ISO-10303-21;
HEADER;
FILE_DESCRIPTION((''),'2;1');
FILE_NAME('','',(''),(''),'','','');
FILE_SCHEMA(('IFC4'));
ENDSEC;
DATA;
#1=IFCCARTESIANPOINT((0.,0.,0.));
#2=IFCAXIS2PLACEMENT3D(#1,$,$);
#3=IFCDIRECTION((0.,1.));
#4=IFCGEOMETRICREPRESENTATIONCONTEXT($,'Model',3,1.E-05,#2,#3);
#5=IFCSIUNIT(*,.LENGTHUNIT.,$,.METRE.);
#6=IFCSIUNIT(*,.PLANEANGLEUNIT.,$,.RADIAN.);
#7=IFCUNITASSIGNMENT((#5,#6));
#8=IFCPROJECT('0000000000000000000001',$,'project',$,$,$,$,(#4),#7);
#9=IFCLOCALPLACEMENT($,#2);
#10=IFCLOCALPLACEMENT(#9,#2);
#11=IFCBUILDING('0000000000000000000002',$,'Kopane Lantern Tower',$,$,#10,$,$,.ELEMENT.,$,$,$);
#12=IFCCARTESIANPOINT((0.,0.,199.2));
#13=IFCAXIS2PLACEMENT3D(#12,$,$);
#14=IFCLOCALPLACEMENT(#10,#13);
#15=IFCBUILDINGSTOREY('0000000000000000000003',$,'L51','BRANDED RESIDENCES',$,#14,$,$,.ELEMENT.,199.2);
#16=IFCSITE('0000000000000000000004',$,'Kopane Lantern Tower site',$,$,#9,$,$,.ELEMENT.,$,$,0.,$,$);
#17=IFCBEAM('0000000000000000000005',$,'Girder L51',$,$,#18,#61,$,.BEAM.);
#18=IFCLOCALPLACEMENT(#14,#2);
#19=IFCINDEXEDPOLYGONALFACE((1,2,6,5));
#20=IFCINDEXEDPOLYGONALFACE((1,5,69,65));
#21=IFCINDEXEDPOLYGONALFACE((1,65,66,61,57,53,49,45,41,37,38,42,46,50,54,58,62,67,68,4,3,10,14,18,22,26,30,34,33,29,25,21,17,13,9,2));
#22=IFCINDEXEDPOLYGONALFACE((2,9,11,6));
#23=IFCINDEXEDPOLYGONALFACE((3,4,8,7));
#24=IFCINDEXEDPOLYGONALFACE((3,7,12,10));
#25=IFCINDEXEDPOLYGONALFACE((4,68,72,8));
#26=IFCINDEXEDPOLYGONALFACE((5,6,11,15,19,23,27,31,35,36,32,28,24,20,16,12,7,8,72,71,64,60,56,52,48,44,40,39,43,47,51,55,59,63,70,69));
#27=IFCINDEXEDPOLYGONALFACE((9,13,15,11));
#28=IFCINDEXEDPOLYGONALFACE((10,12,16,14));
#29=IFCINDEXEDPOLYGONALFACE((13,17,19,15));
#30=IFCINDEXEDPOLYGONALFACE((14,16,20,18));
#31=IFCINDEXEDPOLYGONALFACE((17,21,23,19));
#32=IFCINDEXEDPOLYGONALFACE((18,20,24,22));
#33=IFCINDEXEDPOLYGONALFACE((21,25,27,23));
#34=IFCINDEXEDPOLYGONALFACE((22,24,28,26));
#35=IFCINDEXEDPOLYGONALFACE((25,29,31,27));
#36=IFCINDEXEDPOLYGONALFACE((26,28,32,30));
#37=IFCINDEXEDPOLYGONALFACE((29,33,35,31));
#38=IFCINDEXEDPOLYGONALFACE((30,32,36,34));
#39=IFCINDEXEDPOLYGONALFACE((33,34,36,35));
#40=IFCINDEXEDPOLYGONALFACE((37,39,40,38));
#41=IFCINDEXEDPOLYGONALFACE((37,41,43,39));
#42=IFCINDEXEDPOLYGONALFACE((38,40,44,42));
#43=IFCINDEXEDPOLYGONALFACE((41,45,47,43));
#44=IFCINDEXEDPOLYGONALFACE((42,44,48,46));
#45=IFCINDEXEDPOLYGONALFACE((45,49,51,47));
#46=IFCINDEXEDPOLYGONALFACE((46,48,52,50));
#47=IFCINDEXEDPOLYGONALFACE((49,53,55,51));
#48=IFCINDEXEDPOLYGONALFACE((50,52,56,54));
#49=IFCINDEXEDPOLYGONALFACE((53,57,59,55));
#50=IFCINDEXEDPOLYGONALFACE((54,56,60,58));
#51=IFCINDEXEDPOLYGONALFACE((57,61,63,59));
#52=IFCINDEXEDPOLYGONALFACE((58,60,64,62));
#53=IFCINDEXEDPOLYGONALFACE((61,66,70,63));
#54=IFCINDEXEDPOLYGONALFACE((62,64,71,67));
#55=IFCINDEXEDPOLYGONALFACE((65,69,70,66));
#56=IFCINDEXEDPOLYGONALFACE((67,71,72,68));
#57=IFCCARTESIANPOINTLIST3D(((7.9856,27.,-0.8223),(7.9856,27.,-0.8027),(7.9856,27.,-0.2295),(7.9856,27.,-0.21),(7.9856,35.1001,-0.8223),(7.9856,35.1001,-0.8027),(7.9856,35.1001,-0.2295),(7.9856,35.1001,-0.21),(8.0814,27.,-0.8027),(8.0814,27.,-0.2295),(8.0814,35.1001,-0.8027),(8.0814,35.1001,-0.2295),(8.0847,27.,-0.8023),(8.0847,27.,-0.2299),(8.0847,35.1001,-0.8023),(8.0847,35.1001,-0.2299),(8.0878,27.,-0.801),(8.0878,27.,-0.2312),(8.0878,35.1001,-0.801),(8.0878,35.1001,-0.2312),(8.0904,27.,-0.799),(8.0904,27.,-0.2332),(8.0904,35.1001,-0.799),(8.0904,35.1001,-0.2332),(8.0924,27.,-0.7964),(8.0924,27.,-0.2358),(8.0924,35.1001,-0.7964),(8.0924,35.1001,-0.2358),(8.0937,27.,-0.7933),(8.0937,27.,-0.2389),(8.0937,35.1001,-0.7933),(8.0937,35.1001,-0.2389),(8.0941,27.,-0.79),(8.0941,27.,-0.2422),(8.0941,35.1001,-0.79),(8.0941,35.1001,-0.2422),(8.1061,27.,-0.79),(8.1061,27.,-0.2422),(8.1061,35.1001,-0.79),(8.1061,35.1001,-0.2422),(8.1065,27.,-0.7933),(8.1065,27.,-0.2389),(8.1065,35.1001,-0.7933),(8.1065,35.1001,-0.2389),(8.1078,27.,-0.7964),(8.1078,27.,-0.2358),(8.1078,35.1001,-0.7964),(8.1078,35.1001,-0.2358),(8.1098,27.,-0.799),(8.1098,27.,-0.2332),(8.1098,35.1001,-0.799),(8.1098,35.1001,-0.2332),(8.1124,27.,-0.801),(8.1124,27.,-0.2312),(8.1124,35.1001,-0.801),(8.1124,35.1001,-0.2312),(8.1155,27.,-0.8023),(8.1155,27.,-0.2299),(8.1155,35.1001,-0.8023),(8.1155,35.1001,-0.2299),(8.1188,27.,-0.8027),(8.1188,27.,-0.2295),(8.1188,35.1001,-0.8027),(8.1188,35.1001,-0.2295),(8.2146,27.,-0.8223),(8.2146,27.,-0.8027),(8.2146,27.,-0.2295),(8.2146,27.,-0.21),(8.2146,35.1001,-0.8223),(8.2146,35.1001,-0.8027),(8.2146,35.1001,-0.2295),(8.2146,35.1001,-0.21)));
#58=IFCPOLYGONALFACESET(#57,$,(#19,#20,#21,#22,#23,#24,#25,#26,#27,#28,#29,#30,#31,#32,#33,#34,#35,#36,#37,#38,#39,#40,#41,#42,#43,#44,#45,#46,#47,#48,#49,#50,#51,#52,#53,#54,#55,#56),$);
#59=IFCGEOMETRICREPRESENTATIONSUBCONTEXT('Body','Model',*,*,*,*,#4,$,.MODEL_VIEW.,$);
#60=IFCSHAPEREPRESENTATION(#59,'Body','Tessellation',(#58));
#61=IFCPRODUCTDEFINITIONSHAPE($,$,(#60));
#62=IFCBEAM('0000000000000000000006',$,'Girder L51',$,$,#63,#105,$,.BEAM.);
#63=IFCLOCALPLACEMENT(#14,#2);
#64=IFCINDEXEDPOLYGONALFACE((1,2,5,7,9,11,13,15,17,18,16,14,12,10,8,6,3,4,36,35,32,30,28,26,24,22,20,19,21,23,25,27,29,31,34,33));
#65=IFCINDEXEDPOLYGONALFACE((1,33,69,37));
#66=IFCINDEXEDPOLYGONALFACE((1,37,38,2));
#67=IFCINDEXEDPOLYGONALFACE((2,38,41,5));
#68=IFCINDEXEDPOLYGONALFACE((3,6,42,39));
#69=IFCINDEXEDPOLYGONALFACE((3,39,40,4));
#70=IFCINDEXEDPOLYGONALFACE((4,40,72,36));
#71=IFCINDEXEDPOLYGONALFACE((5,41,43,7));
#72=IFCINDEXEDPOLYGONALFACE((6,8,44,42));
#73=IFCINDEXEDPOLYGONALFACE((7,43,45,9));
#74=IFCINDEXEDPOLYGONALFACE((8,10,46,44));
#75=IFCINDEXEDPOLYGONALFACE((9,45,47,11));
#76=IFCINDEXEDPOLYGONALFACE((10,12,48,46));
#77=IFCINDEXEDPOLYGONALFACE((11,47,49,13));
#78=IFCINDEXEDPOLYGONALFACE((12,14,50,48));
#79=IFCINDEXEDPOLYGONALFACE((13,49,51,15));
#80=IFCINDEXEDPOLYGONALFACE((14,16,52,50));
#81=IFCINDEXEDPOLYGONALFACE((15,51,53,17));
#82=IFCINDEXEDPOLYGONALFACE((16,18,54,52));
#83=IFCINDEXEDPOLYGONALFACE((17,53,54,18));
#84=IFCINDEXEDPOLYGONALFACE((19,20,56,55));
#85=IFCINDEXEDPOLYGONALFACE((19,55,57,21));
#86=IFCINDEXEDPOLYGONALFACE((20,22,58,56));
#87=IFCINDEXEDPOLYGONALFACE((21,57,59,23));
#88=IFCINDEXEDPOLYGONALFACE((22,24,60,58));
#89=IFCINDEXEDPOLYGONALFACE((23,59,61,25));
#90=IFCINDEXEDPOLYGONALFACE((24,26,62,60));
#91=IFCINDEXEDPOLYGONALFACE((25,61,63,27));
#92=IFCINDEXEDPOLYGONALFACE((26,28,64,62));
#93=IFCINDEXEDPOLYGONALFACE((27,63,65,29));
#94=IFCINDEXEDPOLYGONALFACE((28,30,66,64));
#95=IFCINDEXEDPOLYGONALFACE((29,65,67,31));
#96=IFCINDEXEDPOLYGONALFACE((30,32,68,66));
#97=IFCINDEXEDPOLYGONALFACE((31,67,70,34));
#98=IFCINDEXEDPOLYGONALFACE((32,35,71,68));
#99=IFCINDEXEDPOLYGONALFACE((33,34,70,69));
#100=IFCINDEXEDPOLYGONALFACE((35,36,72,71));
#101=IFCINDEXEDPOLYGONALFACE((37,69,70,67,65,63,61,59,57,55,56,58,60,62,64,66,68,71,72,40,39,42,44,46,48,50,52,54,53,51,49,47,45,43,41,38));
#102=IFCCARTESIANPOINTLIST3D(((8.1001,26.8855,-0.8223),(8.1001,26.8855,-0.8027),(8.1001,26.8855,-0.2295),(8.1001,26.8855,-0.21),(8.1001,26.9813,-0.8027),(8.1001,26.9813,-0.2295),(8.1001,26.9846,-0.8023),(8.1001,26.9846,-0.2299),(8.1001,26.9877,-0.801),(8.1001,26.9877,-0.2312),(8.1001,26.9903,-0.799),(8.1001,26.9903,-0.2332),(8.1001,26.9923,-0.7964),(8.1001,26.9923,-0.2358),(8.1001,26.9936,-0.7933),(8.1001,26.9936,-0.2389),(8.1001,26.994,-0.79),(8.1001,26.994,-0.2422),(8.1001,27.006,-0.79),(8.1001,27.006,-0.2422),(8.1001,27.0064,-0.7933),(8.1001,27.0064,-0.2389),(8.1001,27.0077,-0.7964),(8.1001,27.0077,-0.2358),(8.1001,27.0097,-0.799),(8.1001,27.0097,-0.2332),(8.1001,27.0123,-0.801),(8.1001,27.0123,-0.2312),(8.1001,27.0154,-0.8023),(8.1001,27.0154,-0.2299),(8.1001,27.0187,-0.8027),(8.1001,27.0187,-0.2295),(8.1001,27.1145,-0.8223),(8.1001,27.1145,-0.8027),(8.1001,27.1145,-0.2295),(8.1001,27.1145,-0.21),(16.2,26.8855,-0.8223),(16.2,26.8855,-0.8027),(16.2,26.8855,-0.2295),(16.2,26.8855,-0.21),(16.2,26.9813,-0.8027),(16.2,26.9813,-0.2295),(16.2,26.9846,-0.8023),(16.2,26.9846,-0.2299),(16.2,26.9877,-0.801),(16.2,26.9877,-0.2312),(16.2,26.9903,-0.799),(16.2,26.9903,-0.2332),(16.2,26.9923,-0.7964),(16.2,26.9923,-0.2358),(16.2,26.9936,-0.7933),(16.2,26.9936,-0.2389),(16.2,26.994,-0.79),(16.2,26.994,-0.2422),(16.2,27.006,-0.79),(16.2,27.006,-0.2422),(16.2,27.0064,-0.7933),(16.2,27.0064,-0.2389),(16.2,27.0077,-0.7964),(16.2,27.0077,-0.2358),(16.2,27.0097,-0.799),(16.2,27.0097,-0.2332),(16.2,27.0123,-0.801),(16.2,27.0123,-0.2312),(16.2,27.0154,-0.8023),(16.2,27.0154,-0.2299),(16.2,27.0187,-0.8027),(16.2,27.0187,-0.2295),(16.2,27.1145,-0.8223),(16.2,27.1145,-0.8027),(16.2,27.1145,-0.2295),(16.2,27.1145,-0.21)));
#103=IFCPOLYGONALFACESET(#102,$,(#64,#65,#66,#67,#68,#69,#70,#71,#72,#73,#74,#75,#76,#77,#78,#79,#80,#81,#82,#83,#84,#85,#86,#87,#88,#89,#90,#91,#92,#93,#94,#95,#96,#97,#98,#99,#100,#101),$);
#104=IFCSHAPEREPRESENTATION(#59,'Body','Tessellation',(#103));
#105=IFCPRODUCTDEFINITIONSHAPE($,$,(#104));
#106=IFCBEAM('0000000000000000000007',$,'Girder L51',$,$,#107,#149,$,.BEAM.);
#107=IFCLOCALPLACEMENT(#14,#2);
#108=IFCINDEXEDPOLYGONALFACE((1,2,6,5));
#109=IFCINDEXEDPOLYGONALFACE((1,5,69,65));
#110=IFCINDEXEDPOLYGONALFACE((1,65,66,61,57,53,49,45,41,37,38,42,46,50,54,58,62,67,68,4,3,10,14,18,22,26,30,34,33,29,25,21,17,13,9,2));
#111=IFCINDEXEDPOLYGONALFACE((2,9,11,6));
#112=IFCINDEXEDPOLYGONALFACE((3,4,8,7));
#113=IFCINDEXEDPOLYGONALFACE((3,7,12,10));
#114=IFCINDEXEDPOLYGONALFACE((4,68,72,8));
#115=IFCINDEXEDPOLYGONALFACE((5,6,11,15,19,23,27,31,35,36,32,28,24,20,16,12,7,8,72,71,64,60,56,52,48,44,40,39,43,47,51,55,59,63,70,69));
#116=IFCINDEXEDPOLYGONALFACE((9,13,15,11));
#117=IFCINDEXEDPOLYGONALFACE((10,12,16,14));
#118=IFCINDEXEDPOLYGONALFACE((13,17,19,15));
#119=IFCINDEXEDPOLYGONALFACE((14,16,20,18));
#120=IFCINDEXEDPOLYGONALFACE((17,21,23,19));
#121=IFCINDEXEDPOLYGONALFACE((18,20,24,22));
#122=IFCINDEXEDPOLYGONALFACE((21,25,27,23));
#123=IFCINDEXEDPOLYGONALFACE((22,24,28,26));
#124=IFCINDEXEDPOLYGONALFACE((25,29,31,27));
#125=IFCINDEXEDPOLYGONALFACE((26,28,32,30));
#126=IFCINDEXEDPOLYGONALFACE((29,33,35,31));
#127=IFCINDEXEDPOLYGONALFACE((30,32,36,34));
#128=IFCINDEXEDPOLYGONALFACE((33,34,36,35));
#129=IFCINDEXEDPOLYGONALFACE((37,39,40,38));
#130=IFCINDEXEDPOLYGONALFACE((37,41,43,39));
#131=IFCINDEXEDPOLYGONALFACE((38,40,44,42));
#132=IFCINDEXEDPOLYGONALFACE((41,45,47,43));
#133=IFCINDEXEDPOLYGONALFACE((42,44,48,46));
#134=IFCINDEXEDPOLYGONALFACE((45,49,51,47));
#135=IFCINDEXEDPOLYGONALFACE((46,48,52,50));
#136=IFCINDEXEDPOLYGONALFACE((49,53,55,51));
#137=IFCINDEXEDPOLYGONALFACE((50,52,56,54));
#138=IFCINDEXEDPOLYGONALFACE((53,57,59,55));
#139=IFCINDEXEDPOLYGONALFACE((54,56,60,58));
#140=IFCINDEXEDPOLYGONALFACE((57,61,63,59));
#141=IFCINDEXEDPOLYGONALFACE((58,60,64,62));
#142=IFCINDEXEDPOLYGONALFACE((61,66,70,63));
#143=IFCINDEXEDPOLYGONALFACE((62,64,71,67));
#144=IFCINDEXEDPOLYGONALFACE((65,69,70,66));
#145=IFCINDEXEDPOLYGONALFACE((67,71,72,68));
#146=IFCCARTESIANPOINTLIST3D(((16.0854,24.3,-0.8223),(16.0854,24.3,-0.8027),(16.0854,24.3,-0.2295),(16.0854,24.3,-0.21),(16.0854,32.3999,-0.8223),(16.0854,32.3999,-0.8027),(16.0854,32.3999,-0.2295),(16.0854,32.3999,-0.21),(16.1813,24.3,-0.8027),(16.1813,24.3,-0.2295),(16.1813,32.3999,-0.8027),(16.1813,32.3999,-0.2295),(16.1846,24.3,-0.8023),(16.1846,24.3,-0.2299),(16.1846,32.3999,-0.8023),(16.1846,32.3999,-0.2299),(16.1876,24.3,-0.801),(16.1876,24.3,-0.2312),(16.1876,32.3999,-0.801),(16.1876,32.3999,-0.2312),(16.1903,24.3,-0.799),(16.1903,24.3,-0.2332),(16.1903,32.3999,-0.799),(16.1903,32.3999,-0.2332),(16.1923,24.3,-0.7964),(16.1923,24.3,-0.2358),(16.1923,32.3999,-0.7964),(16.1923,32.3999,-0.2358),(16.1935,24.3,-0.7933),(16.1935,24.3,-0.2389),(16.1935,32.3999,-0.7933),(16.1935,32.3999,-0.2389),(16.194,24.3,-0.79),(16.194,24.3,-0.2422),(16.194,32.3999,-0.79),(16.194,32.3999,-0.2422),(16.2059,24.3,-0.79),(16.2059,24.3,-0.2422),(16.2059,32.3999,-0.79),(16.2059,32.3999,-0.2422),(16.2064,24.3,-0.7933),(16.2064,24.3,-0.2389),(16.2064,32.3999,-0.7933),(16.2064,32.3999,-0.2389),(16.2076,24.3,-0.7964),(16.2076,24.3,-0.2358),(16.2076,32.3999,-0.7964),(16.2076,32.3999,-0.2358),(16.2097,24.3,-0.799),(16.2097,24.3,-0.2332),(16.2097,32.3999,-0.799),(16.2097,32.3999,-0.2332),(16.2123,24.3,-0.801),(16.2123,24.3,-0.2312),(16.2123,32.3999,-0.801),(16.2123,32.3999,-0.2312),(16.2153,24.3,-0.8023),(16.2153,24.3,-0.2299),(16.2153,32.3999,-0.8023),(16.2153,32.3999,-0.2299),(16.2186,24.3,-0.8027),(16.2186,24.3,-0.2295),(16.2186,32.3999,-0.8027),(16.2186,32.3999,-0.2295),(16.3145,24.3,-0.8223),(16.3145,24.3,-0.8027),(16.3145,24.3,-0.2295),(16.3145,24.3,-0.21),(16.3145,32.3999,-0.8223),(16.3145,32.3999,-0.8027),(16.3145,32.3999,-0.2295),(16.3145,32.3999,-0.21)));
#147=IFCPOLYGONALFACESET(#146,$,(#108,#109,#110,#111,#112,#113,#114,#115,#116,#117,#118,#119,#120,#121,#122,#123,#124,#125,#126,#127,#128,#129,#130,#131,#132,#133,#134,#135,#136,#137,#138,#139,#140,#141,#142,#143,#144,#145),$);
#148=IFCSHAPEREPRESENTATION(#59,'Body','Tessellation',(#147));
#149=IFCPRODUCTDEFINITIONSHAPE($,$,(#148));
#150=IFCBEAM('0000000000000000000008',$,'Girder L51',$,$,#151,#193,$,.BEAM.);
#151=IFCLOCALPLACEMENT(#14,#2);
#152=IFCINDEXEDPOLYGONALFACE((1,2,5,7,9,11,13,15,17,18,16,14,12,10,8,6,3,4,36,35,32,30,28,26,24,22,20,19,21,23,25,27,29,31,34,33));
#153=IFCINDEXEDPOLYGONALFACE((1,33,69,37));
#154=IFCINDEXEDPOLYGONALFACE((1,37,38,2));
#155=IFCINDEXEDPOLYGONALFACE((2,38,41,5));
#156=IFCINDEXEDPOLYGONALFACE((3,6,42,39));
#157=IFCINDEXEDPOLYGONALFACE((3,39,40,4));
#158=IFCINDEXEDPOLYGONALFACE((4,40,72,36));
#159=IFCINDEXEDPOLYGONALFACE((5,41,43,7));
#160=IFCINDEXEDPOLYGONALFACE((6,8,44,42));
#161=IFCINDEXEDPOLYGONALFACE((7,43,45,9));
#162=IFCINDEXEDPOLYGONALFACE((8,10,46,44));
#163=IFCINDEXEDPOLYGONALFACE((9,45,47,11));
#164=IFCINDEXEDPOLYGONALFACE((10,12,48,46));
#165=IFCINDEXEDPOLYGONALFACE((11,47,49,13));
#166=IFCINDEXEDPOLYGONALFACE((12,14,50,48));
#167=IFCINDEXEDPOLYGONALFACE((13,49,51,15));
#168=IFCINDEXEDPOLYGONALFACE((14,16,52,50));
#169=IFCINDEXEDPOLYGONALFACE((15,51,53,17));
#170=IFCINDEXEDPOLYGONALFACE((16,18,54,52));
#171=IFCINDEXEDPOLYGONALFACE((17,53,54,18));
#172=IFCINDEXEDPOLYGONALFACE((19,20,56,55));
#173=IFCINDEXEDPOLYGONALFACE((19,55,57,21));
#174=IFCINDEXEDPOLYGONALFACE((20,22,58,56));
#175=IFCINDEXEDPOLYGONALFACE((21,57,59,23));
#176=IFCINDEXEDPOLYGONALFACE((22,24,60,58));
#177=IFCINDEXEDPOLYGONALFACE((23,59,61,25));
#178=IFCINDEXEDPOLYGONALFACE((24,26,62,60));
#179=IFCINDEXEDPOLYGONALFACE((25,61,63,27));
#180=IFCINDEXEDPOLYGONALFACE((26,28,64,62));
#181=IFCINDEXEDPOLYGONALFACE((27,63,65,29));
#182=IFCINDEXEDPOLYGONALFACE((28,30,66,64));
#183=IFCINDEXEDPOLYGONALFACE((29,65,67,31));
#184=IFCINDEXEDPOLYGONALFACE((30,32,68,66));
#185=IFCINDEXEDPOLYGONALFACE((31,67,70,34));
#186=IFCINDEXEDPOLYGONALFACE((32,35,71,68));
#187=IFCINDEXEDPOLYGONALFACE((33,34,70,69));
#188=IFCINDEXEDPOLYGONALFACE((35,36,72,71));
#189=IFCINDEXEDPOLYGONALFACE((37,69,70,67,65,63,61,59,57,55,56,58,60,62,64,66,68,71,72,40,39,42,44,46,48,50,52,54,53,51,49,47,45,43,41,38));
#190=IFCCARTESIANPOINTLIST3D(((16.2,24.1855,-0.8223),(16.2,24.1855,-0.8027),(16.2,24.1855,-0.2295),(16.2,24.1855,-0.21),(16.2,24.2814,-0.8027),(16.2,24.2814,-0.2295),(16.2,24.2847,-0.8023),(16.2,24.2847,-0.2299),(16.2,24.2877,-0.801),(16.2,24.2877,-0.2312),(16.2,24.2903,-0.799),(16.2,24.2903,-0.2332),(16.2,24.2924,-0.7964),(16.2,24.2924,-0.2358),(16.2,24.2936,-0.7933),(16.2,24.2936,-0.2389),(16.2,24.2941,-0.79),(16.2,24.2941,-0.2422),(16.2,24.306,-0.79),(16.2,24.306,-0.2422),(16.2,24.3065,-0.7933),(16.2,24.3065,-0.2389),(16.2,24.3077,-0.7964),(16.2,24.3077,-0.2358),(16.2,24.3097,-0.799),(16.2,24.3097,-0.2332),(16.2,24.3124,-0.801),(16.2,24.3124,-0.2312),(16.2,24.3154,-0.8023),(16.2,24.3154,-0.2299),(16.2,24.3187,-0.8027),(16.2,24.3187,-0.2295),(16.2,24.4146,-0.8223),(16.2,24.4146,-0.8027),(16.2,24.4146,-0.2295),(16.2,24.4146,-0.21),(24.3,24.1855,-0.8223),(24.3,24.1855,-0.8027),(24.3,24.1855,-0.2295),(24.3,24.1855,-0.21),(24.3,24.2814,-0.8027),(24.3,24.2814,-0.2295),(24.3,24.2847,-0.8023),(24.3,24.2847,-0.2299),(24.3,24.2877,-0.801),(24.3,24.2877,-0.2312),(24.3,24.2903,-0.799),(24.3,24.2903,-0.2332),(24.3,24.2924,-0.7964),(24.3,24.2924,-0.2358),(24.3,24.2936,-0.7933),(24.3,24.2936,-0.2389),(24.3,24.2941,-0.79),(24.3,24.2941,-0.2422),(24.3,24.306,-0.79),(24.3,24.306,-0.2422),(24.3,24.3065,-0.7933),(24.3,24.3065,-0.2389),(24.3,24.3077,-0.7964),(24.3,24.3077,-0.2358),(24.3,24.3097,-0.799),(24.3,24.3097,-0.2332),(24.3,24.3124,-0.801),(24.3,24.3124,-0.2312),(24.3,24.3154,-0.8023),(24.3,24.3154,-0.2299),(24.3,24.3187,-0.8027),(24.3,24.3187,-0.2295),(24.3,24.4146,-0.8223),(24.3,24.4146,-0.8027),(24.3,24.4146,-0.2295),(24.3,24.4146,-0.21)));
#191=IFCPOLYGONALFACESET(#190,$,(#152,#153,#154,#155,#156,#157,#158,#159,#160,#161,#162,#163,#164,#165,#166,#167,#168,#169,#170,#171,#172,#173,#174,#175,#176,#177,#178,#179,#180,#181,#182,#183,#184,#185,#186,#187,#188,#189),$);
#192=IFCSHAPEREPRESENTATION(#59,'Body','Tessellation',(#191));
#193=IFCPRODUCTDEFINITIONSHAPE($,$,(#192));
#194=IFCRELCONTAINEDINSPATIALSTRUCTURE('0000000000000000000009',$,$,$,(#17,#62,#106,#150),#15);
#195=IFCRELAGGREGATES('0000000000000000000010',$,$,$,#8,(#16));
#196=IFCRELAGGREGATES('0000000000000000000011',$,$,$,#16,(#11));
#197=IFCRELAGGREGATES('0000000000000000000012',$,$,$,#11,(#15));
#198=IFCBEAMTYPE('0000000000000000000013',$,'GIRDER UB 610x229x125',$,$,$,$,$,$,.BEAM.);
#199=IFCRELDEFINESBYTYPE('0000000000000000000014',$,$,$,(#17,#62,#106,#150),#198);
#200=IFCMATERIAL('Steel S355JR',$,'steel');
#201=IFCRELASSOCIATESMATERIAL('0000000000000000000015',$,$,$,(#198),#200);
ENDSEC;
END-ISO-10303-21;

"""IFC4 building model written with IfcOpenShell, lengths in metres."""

from ifc_helpers import new_model, si_unit, direction, frame, origin, origin_2d, place, context, subcontext, project, spatial, i_section, extrude, material, material_profile, profile_set, type_object, element, save


model = new_model("IFC4")

# Units and contexts
model_context = context("Model", 3, precision=1e-05, world=origin(), true_north=direction((0.0, 1.0)))
body_context = subcontext(model_context, "Body", "Model", "MODEL_VIEW")
ifc_project = project(units=[si_unit("LENGTHUNIT", "METRE"), si_unit("PLANEANGLEUNIT", "RADIAN")], contexts=[model_context])

# Site, building, storey
site_placement = place(None, origin())
site = spatial("IfcSite", under=ifc_project, at=site_placement, Name="Kopane Lantern Tower site", CompositionType="ELEMENT", RefElevation=0.0)
building_placement = place(site_placement, origin())
building = spatial("IfcBuilding", under=site, at=building_placement, Name="Kopane Lantern Tower", CompositionType="ELEMENT")
storey_placement = place(building_placement, frame((0.0, 0.0, 199.2)))
storey = spatial("IfcBuildingStorey", under=building, at=storey_placement, Name="L51", Description="BRANDED RESIDENCES", CompositionType="ELEMENT", Elevation=199.2)

# Beams
ifc_material_1 = material(Name="Steel S355JR", Category="steel")
ifc_material_profile_1 = material_profile(ifc_material_1, i_section(OverallWidth=0.229, OverallDepth=0.6123, WebThickness=0.012, FlangeThickness=0.0195, FilletRadius=0.0127, at=origin_2d()), Name="UB 610x229x125")
ifc_profile_set_1 = profile_set([ifc_material_profile_1], Name="Steel S355JR")
beam_type = type_object("IfcBeamType", Name="GIRDER UB 610x229x125", PredefinedType="BEAM", material=ifc_profile_set_1)
for number, where, z_axis, x_axis, name in (
    (1, (8.1001, 27.0, -0.5161), (0.0, 1.0, 0.0), (-1.0, 0.0, 0.0), "Girder L51"),
):
    element("IfcBeam", number, at=place(storey_placement, frame(where, z_axis=z_axis, x_axis=x_axis)), inside=storey, type_object=beam_type, Name=name, PredefinedType="BEAM", context=body_context, shape_type="SweptSolid", body=[
        extrude(i_section(OverallWidth=0.229, OverallDepth=0.6123, WebThickness=0.012, FlangeThickness=0.0195, FilletRadius=0.0127, at=origin_2d()), origin(), (0.0, 0.0, 1.0), 8.1001),
    ])
for number, where, z_axis, x_axis, name in (
    (2, (8.1001, 27.0, -0.5161), (1.0, 0.0, 0.0), (0.0, 1.0, 0.0), "Girder L51"),
    (3, (16.2, 24.3, -0.5161), (0.0, 1.0, 0.0), (-1.0, 0.0, 0.0), "Girder L51"),
):
    element("IfcBeam", number, at=place(storey_placement, frame(where, z_axis=z_axis, x_axis=x_axis)), inside=storey, type_object=beam_type, Name=name, PredefinedType="BEAM", context=body_context, shape_type="SweptSolid", body=[
        extrude(i_section(OverallWidth=0.229, OverallDepth=0.6123, WebThickness=0.012, FlangeThickness=0.0195, FilletRadius=0.0127, at=origin_2d()), origin(), (0.0, 0.0, 1.0), 8.0999),
    ])
beam_placement = place(storey_placement, frame((16.2, 24.3, -0.5161), z_axis=(1.0, 0.0, 0.0), x_axis=(0.0, 1.0, 0.0)))
element("IfcBeam", 4, at=beam_placement, inside=storey, type_object=beam_type, Name="Girder L51", PredefinedType="BEAM", context=body_context, shape_type="SweptSolid", body=[
    extrude(i_section(OverallWidth=0.229, OverallDepth=0.6123, WebThickness=0.012, FlangeThickness=0.0195, FilletRadius=0.0127, at=origin_2d()), origin(), (0.0, 0.0, 1.0), 8.1001),
])

save(model, "model.ifc")
